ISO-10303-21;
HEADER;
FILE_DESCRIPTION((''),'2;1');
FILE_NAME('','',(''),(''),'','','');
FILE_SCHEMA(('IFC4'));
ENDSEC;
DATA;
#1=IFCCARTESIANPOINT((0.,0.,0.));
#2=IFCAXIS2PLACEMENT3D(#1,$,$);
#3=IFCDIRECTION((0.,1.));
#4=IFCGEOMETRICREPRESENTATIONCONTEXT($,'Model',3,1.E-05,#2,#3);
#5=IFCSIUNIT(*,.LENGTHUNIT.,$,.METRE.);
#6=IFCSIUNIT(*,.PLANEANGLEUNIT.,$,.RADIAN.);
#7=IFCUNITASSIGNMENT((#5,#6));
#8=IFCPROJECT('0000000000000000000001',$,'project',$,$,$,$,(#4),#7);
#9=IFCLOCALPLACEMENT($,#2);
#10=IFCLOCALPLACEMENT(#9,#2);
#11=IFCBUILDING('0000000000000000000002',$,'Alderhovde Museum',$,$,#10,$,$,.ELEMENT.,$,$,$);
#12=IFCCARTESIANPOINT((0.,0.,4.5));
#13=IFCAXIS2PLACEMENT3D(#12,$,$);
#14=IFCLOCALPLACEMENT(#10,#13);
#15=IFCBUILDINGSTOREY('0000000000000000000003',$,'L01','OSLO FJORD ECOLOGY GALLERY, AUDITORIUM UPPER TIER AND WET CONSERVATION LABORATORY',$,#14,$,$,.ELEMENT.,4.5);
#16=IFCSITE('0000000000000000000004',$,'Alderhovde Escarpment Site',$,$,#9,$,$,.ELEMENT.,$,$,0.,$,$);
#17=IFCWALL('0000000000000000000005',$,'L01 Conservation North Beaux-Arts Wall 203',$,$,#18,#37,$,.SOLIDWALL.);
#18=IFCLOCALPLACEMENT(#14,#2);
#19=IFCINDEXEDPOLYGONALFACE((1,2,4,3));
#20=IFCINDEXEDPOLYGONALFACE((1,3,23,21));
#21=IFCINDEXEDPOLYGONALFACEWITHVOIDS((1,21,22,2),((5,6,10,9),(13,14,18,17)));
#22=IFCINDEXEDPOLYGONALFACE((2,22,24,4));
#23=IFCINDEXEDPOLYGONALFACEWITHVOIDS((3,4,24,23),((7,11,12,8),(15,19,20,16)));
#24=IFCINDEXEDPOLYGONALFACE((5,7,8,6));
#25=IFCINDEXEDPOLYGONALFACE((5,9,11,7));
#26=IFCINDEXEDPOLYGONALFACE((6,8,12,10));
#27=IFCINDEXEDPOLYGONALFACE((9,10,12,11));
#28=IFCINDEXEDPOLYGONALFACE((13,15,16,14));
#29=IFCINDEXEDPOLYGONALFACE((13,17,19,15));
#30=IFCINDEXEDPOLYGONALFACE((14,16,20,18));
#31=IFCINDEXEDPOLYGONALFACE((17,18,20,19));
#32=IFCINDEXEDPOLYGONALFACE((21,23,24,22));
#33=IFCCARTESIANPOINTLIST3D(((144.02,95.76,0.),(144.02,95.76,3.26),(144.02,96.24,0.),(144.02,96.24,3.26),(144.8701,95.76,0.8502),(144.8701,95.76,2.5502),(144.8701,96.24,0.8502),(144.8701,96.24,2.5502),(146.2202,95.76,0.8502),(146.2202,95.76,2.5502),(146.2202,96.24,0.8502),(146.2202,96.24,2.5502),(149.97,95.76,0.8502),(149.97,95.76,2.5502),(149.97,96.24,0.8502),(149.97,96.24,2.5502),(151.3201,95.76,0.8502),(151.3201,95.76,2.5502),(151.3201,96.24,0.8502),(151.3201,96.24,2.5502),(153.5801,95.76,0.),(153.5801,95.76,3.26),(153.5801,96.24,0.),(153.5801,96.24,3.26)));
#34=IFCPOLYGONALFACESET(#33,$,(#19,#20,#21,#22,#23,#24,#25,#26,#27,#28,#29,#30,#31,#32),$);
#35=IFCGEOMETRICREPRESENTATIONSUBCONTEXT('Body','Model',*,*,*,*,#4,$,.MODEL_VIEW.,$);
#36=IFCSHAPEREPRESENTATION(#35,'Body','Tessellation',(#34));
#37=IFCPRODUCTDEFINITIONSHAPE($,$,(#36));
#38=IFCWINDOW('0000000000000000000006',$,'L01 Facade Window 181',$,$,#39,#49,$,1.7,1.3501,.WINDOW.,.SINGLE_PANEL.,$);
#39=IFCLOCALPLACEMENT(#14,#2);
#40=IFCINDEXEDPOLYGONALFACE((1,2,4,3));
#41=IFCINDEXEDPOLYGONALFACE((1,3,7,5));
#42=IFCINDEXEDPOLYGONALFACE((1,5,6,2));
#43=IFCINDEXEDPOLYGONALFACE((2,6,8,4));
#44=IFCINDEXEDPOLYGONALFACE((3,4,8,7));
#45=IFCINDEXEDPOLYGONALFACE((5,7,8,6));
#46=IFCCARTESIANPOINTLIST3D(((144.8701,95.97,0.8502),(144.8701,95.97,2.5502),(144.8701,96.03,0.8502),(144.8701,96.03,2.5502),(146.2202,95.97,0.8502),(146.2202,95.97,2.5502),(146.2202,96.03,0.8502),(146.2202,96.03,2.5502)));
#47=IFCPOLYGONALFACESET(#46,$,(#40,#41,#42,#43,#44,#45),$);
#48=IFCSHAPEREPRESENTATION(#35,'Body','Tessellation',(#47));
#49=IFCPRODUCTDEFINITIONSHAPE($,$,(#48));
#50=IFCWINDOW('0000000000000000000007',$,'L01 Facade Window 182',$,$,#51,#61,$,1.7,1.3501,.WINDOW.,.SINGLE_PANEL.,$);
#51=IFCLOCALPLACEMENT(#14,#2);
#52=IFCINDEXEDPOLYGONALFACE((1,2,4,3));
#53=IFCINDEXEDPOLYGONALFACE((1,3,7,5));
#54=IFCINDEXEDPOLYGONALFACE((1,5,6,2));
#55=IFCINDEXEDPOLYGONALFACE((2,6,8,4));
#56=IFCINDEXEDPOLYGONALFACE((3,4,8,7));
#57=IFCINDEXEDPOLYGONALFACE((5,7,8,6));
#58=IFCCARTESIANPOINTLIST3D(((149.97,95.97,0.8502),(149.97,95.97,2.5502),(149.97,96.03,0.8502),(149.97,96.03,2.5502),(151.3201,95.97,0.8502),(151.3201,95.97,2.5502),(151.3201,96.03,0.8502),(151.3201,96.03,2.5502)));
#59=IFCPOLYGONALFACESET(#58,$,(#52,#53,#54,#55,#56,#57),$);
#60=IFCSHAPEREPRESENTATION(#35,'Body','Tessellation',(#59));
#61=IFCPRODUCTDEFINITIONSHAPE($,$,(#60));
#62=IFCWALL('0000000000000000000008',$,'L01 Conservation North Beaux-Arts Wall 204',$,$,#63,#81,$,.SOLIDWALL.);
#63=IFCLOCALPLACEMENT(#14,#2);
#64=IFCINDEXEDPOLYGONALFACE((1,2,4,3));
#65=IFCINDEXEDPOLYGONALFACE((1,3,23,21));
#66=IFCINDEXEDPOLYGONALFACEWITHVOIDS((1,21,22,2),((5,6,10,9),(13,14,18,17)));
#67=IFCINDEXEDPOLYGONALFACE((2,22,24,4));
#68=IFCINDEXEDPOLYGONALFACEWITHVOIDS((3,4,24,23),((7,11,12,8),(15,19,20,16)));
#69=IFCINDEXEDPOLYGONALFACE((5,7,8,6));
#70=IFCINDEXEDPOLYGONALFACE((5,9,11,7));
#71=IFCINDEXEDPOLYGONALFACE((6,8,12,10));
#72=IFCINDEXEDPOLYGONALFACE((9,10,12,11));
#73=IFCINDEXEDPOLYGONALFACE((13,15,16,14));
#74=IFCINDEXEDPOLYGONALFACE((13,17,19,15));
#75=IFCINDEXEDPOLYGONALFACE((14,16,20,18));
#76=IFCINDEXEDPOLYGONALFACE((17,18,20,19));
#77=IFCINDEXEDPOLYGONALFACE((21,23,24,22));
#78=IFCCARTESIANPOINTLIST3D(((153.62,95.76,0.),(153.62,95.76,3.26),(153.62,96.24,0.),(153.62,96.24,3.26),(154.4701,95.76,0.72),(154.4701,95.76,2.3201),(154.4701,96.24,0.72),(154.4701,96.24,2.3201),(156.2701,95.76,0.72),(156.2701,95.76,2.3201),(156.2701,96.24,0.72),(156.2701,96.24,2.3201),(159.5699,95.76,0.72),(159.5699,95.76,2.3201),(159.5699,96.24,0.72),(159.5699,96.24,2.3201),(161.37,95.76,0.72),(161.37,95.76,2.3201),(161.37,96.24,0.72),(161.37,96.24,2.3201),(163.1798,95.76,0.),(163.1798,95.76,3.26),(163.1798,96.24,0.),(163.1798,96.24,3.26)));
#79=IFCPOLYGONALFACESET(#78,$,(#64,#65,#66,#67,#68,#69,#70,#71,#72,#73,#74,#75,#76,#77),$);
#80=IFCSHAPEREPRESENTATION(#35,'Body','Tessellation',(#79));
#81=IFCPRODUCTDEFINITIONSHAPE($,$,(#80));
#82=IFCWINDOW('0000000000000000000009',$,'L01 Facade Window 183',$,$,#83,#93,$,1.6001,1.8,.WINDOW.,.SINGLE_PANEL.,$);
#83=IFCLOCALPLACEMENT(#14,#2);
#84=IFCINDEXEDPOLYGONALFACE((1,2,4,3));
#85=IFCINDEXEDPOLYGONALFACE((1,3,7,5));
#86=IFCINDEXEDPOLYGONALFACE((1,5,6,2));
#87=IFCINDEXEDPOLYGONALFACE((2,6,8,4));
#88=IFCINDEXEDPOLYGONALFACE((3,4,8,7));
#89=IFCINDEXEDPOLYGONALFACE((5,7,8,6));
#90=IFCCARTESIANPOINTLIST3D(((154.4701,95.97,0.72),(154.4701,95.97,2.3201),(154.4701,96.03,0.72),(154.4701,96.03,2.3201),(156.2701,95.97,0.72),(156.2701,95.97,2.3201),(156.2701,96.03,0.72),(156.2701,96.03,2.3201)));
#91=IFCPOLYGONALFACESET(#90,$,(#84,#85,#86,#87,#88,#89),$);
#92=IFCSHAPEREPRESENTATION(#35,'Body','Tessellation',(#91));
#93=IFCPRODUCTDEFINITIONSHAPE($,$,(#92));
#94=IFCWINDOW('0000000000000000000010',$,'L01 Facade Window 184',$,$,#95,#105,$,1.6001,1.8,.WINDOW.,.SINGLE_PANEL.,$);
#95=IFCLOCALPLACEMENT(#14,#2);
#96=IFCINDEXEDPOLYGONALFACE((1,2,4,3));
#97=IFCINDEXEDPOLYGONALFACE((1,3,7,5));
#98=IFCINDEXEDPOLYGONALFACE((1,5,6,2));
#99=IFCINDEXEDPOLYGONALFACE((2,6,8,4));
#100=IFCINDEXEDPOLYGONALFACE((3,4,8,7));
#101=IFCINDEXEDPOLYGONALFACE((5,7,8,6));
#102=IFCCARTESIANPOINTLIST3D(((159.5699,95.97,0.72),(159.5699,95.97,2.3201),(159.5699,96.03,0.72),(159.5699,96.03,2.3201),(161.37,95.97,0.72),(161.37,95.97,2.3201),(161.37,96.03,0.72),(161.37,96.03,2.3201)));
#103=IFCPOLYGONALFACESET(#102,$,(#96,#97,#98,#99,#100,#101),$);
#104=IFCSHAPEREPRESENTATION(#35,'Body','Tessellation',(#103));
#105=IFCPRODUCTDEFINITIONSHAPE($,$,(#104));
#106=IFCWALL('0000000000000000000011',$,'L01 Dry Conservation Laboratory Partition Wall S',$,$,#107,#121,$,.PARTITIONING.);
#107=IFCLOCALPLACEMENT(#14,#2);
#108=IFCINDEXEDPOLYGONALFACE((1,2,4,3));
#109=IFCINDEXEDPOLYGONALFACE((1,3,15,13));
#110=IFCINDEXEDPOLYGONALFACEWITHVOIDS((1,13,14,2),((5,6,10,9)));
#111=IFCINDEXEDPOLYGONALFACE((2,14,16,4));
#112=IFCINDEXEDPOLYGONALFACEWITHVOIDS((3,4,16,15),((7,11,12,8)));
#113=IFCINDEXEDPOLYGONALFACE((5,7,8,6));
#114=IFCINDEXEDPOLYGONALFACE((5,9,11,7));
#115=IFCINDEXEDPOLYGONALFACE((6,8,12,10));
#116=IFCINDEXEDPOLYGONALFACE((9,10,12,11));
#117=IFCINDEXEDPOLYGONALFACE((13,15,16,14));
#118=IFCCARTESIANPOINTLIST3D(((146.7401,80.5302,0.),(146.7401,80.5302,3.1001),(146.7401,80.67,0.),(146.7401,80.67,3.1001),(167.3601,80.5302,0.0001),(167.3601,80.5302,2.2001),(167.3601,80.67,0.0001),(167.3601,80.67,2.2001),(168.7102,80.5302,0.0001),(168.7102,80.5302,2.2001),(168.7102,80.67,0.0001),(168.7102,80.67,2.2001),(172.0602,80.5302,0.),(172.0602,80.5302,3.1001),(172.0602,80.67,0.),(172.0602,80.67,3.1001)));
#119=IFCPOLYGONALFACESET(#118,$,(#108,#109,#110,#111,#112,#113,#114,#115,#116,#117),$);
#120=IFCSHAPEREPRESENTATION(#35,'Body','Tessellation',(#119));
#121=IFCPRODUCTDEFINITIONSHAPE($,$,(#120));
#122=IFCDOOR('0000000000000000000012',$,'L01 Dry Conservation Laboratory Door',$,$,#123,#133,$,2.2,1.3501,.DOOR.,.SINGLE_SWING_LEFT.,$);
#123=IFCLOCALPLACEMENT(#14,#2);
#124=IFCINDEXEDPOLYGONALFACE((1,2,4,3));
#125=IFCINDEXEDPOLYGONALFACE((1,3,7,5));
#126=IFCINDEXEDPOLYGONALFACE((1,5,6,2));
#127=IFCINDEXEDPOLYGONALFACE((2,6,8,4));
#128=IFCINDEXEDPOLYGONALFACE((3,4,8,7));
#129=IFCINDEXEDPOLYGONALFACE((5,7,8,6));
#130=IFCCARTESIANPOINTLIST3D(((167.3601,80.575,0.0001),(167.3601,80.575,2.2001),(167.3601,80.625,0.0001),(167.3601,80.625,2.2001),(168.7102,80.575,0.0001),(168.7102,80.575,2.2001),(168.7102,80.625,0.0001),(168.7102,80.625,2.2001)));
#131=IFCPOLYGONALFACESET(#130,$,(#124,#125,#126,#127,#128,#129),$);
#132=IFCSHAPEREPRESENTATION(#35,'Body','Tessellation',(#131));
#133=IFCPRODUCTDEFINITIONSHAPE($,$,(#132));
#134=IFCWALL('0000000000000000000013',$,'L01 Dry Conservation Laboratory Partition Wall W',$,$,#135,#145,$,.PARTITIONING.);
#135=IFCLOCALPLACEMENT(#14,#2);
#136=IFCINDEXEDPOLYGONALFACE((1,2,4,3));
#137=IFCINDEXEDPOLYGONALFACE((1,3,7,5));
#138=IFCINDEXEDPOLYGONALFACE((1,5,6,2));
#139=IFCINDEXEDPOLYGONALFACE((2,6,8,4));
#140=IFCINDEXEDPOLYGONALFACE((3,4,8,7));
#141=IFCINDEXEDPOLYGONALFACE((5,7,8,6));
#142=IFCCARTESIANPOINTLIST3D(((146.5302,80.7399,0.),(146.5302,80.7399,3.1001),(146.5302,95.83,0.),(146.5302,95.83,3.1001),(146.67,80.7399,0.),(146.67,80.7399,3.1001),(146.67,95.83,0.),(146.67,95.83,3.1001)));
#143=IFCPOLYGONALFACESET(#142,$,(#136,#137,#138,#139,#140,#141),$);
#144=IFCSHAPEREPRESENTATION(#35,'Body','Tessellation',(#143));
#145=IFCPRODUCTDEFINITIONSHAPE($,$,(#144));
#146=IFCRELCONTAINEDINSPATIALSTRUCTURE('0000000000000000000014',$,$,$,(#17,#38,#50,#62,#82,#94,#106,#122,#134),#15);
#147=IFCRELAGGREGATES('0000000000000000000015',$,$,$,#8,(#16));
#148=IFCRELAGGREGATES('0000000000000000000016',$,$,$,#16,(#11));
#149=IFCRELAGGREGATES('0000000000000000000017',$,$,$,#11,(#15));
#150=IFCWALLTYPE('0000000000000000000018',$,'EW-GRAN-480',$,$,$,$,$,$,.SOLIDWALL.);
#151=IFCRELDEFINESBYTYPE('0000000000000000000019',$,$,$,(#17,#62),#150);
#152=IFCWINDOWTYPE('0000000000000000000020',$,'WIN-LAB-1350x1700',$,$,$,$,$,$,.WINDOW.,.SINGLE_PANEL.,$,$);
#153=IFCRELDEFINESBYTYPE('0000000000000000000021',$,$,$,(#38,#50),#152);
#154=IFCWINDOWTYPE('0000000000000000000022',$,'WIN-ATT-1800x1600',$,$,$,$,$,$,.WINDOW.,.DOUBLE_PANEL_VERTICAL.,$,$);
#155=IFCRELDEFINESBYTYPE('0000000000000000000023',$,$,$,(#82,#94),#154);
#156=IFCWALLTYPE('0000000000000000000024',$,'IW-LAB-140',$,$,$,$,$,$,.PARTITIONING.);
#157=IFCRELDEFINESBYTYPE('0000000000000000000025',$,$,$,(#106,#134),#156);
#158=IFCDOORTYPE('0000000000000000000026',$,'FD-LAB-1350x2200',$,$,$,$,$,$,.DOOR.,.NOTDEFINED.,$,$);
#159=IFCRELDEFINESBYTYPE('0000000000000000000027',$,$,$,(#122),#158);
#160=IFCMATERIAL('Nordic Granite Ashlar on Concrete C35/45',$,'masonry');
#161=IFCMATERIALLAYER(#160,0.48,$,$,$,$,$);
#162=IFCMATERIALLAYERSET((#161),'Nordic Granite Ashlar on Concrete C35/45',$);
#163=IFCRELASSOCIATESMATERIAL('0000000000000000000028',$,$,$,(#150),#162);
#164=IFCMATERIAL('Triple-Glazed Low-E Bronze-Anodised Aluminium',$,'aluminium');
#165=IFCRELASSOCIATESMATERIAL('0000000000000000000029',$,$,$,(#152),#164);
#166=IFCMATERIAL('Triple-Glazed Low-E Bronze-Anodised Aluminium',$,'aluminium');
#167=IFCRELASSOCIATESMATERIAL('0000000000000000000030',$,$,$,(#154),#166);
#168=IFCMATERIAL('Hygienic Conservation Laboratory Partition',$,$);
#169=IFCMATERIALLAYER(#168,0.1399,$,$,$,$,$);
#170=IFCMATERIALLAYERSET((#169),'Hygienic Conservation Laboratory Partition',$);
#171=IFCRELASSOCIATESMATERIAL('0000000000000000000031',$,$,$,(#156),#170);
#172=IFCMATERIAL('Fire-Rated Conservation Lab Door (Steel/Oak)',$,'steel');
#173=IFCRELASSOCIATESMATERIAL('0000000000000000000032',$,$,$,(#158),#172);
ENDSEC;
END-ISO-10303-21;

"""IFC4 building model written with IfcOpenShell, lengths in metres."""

from ifc_helpers import new_model, si_unit, direction, frame, frame_2d, origin, place, context, subcontext, project, spatial, rectangle, extrude, material, layer, layer_set, type_object, element, fill, save


model = new_model("IFC4")

# Units and contexts
model_context = context("Model", 3, precision=1e-05, world=origin(), true_north=direction((0.0, 1.0)))
body_context = subcontext(model_context, "Body", "Model", "MODEL_VIEW")
ifc_project = project(units=[si_unit("LENGTHUNIT", "METRE"), si_unit("PLANEANGLEUNIT", "RADIAN")], contexts=[model_context])

# Site, building, storey
site_placement = place(None, origin())
site = spatial("IfcSite", under=ifc_project, at=site_placement, Name="Alderhovde Escarpment Site", CompositionType="ELEMENT", RefElevation=0.0)
building_placement = place(site_placement, origin())
building = spatial("IfcBuilding", under=site, at=building_placement, Name="Alderhovde Museum", CompositionType="ELEMENT")
storey_placement = place(building_placement, frame((0.0, 0.0, 4.5)))
storey = spatial("IfcBuildingStorey", under=building, at=storey_placement, Name="L01", Description="OSLO FJORD ECOLOGY GALLERY, AUDITORIUM UPPER TIER AND WET CONSERVATION LABORATORY", CompositionType="ELEMENT", Elevation=4.5)

# Walls, openings, windows
ifc_material_1 = material(Name="Nordic Granite Ashlar on Concrete C35/45", Category="masonry")
ifc_layer_1 = layer(ifc_material_1, 0.48)
ifc_layer_set_1 = layer_set([ifc_layer_1], Name="Nordic Granite Ashlar on Concrete C35/45")
wall_type_1 = type_object("IfcWallType", Name="EW-GRAN-480", PredefinedType="SOLIDWALL", material=ifc_layer_set_1)
wall_1_placement = place(storey_placement, frame((144.02, 96.0, 0.0), z_axis=(0.0, 0.0, 1.0), x_axis=(1.0, 0.0, 0.0)))
wall_1 = element("IfcWall", 1, at=wall_1_placement, inside=storey, type_object=wall_type_1, Name="L01 Conservation North Beaux-Arts Wall 203", PredefinedType="SOLIDWALL", context=body_context, shape_type="SweptSolid", body=[
    extrude(rectangle(XDim=9.5601, YDim=0.48, at=frame_2d((4.78, 0.0))), origin(), (0.0, 0.0, 1.0), 3.26),
])
opening_1_placement = place(wall_1_placement, frame((0.8501, 0.0, 0.8501)))
opening_1 = element("IfcOpeningElement", 2, at=opening_1_placement, cuts=wall_1, PredefinedType="OPENING", context=body_context, shape_type="SweptSolid", body=[
    extrude(rectangle(XDim=1.3501, YDim=1.7, at=frame_2d((0.675, 0.8501))), frame((0.0, 0.25, 0.0), z_axis=(0.0, -1.0, 0.0), x_axis=(1.0, 0.0, 0.0)), (0.0, 0.0, 1.0), 0.5),
])
opening_2_placement = place(wall_1_placement, frame((5.95, 0.0, 0.8501)))
opening_2 = element("IfcOpeningElement", 3, at=opening_2_placement, cuts=wall_1, PredefinedType="OPENING", context=body_context, shape_type="SweptSolid", body=[
    extrude(rectangle(XDim=1.3501, YDim=1.7, at=frame_2d((0.675, 0.8501))), frame((0.0, 0.25, 0.0), z_axis=(0.0, -1.0, 0.0), x_axis=(1.0, 0.0, 0.0)), (0.0, 0.0, 1.0), 0.5),
])
ifc_material_2 = material(Name="Triple-Glazed Low-E Bronze-Anodised Aluminium", Category="aluminium")
window_type_1 = type_object("IfcWindowType", Name="WIN-LAB-1350x1700", PartitioningType="SINGLE_PANEL", PredefinedType="WINDOW", material=ifc_material_2)
window_1_placement = place(opening_1_placement, origin())
window_1 = element("IfcWindow", 4, at=window_1_placement, inside=storey, type_object=window_type_1, Name="L01 Facade Window 181", OverallHeight=1.7, OverallWidth=1.3501, PartitioningType="SINGLE_PANEL", PredefinedType="WINDOW", context=body_context, shape_type="SweptSolid", body=[
    extrude(rectangle(XDim=1.3501, YDim=1.7, at=frame_2d((0.675, 0.8501))), frame((0.0, 0.03, 0.0), z_axis=(0.0, -1.0, 0.0), x_axis=(1.0, 0.0, 0.0)), (0.0, 0.0, 1.0), 0.0601),
])
fill(opening_1, window_1)
window_2_placement = place(opening_2_placement, origin())
window_2 = element("IfcWindow", 5, at=window_2_placement, inside=storey, type_object=window_type_1, Name="L01 Facade Window 182", OverallHeight=1.7, OverallWidth=1.3501, PartitioningType="SINGLE_PANEL", PredefinedType="WINDOW", context=body_context, shape_type="SweptSolid", body=[
    extrude(rectangle(XDim=1.3501, YDim=1.7, at=frame_2d((0.675, 0.8501))), frame((0.0, 0.03, 0.0), z_axis=(0.0, -1.0, 0.0), x_axis=(1.0, 0.0, 0.0)), (0.0, 0.0, 1.0), 0.0601),
])
fill(opening_2, window_2)
wall_2_placement = place(storey_placement, frame((153.6201, 96.0, 0.0), z_axis=(0.0, 0.0, 1.0), x_axis=(1.0, 0.0, 0.0)))
wall_2 = element("IfcWall", 6, at=wall_2_placement, inside=storey, type_object=wall_type_1, Name="L01 Conservation North Beaux-Arts Wall 204", PredefinedType="SOLIDWALL", context=body_context, shape_type="SweptSolid", body=[
    extrude(rectangle(XDim=9.5598, YDim=0.48, at=frame_2d((4.7798, 0.0))), origin(), (0.0, 0.0, 1.0), 3.26),
])
opening_3_placement = place(wall_2_placement, frame((0.8501, 0.0, 0.72)))
opening_3 = element("IfcOpeningElement", 7, at=opening_3_placement, cuts=wall_2, PredefinedType="OPENING", context=body_context, shape_type="SweptSolid", body=[
    extrude(rectangle(XDim=1.8, YDim=1.6001, at=frame_2d((0.8999, 0.8))), frame((0.0, 0.25, 0.0), z_axis=(0.0, -1.0, 0.0), x_axis=(1.0, 0.0, 0.0)), (0.0, 0.0, 1.0), 0.5),
])
opening_4_placement = place(wall_2_placement, frame((5.95, 0.0, 0.72)))
opening_4 = element("IfcOpeningElement", 8, at=opening_4_placement, cuts=wall_2, PredefinedType="OPENING", context=body_context, shape_type="SweptSolid", body=[
    extrude(rectangle(XDim=1.8, YDim=1.6001, at=frame_2d((0.8999, 0.8))), frame((0.0, 0.25, 0.0), z_axis=(0.0, -1.0, 0.0), x_axis=(1.0, 0.0, 0.0)), (0.0, 0.0, 1.0), 0.5),
])
ifc_material_3 = material(Name="Triple-Glazed Low-E Bronze-Anodised Aluminium", Category="aluminium")
window_type_2 = type_object("IfcWindowType", Name="WIN-ATT-1800x1600", PartitioningType="DOUBLE_PANEL_VERTICAL", PredefinedType="WINDOW", material=ifc_material_3)
window_3_placement = place(opening_3_placement, origin())
window_3 = element("IfcWindow", 9, at=window_3_placement, inside=storey, type_object=window_type_2, Name="L01 Facade Window 183", OverallHeight=1.6001, OverallWidth=1.8, PartitioningType="SINGLE_PANEL", PredefinedType="WINDOW", context=body_context, shape_type="SweptSolid", body=[
    extrude(rectangle(XDim=1.8, YDim=1.6001, at=frame_2d((0.8999, 0.8))), frame((0.0, 0.03, 0.0), z_axis=(0.0, -1.0, 0.0), x_axis=(1.0, 0.0, 0.0)), (0.0, 0.0, 1.0), 0.0601),
])
fill(opening_3, window_3)
window_4_placement = place(opening_4_placement, origin())
window_4 = element("IfcWindow", 10, at=window_4_placement, inside=storey, type_object=window_type_2, Name="L01 Facade Window 184", OverallHeight=1.6001, OverallWidth=1.8, PartitioningType="SINGLE_PANEL", PredefinedType="WINDOW", context=body_context, shape_type="SweptSolid", body=[
    extrude(rectangle(XDim=1.8, YDim=1.6001, at=frame_2d((0.8999, 0.8))), frame((0.0, 0.03, 0.0), z_axis=(0.0, -1.0, 0.0), x_axis=(1.0, 0.0, 0.0)), (0.0, 0.0, 1.0), 0.0601),
])
fill(opening_4, window_4)

# Wall, opening, door
ifc_material_4 = material(Name="Hygienic Conservation Laboratory Partition")
ifc_layer_2 = layer(ifc_material_4, 0.1399)
ifc_layer_set_2 = layer_set([ifc_layer_2], Name="Hygienic Conservation Laboratory Partition")
wall_type_2 = type_object("IfcWallType", Name="IW-LAB-140", PredefinedType="PARTITIONING", material=ifc_layer_set_2)
wall_3_placement = place(storey_placement, frame((146.74, 80.6001, 0.0), z_axis=(0.0, 0.0, 1.0), x_axis=(1.0, 0.0, 0.0)))
wall_3 = element("IfcWall", 11, at=wall_3_placement, inside=storey, type_object=wall_type_2, Name="L01 Dry Conservation Laboratory Partition Wall S", PredefinedType="PARTITIONING", context=body_context, shape_type="SweptSolid", body=[
    extrude(rectangle(XDim=25.3201, YDim=0.1399, at=frame_2d((12.6602, 0.0))), origin(), (0.0, 0.0, 1.0), 3.1001),
])
opening_5_placement = place(wall_3_placement, frame((20.6201, 0.0, 0.0)))
opening_5 = element("IfcOpeningElement", 12, at=opening_5_placement, cuts=wall_3, PredefinedType="OPENING", context=body_context, shape_type="SweptSolid", body=[
    extrude(rectangle(XDim=1.3501, YDim=2.2, at=frame_2d((0.675, 1.1001))), frame((0.0, 0.0801, 0.0), z_axis=(0.0, -1.0, 0.0), x_axis=(1.0, 0.0, 0.0)), (0.0, 0.0, 1.0), 0.1599),
])
ifc_material_5 = material(Name="Fire-Rated Conservation Lab Door (Steel/Oak)", Category="steel")
door_type = type_object("IfcDoorType", Name="FD-LAB-1350x2200", OperationType="NOTDEFINED", PredefinedType="DOOR", material=ifc_material_5)
door_placement = place(opening_5_placement, origin())
door = element("IfcDoor", 13, at=door_placement, inside=storey, type_object=door_type, Name="L01 Dry Conservation Laboratory Door", OperationType="SINGLE_SWING_LEFT", OverallHeight=2.2, OverallWidth=1.3501, PredefinedType="DOOR", context=body_context, shape_type="SweptSolid", body=[
    extrude(rectangle(XDim=1.3501, YDim=2.2, at=frame_2d((0.675, 1.1001))), frame((0.0, 0.0249, 0.0), z_axis=(0.0, -1.0, 0.0), x_axis=(1.0, 0.0, 0.0)), (0.0, 0.0, 1.0), 0.05),
])
fill(opening_5, door)

# Wall
wall_4_placement = place(storey_placement, frame((146.6001, 80.74, 0.0), z_axis=(0.0, 0.0, 1.0), x_axis=(0.0, 1.0, 0.0)))
element("IfcWall", 14, at=wall_4_placement, inside=storey, type_object=wall_type_2, Name="L01 Dry Conservation Laboratory Partition Wall W", PredefinedType="PARTITIONING", context=body_context, shape_type="SweptSolid", body=[
    extrude(rectangle(XDim=15.0901, YDim=0.1399, at=frame_2d((7.5449, 0.0))), origin(), (0.0, 0.0, 1.0), 3.1001),
])

save(model, "model.ifc")
